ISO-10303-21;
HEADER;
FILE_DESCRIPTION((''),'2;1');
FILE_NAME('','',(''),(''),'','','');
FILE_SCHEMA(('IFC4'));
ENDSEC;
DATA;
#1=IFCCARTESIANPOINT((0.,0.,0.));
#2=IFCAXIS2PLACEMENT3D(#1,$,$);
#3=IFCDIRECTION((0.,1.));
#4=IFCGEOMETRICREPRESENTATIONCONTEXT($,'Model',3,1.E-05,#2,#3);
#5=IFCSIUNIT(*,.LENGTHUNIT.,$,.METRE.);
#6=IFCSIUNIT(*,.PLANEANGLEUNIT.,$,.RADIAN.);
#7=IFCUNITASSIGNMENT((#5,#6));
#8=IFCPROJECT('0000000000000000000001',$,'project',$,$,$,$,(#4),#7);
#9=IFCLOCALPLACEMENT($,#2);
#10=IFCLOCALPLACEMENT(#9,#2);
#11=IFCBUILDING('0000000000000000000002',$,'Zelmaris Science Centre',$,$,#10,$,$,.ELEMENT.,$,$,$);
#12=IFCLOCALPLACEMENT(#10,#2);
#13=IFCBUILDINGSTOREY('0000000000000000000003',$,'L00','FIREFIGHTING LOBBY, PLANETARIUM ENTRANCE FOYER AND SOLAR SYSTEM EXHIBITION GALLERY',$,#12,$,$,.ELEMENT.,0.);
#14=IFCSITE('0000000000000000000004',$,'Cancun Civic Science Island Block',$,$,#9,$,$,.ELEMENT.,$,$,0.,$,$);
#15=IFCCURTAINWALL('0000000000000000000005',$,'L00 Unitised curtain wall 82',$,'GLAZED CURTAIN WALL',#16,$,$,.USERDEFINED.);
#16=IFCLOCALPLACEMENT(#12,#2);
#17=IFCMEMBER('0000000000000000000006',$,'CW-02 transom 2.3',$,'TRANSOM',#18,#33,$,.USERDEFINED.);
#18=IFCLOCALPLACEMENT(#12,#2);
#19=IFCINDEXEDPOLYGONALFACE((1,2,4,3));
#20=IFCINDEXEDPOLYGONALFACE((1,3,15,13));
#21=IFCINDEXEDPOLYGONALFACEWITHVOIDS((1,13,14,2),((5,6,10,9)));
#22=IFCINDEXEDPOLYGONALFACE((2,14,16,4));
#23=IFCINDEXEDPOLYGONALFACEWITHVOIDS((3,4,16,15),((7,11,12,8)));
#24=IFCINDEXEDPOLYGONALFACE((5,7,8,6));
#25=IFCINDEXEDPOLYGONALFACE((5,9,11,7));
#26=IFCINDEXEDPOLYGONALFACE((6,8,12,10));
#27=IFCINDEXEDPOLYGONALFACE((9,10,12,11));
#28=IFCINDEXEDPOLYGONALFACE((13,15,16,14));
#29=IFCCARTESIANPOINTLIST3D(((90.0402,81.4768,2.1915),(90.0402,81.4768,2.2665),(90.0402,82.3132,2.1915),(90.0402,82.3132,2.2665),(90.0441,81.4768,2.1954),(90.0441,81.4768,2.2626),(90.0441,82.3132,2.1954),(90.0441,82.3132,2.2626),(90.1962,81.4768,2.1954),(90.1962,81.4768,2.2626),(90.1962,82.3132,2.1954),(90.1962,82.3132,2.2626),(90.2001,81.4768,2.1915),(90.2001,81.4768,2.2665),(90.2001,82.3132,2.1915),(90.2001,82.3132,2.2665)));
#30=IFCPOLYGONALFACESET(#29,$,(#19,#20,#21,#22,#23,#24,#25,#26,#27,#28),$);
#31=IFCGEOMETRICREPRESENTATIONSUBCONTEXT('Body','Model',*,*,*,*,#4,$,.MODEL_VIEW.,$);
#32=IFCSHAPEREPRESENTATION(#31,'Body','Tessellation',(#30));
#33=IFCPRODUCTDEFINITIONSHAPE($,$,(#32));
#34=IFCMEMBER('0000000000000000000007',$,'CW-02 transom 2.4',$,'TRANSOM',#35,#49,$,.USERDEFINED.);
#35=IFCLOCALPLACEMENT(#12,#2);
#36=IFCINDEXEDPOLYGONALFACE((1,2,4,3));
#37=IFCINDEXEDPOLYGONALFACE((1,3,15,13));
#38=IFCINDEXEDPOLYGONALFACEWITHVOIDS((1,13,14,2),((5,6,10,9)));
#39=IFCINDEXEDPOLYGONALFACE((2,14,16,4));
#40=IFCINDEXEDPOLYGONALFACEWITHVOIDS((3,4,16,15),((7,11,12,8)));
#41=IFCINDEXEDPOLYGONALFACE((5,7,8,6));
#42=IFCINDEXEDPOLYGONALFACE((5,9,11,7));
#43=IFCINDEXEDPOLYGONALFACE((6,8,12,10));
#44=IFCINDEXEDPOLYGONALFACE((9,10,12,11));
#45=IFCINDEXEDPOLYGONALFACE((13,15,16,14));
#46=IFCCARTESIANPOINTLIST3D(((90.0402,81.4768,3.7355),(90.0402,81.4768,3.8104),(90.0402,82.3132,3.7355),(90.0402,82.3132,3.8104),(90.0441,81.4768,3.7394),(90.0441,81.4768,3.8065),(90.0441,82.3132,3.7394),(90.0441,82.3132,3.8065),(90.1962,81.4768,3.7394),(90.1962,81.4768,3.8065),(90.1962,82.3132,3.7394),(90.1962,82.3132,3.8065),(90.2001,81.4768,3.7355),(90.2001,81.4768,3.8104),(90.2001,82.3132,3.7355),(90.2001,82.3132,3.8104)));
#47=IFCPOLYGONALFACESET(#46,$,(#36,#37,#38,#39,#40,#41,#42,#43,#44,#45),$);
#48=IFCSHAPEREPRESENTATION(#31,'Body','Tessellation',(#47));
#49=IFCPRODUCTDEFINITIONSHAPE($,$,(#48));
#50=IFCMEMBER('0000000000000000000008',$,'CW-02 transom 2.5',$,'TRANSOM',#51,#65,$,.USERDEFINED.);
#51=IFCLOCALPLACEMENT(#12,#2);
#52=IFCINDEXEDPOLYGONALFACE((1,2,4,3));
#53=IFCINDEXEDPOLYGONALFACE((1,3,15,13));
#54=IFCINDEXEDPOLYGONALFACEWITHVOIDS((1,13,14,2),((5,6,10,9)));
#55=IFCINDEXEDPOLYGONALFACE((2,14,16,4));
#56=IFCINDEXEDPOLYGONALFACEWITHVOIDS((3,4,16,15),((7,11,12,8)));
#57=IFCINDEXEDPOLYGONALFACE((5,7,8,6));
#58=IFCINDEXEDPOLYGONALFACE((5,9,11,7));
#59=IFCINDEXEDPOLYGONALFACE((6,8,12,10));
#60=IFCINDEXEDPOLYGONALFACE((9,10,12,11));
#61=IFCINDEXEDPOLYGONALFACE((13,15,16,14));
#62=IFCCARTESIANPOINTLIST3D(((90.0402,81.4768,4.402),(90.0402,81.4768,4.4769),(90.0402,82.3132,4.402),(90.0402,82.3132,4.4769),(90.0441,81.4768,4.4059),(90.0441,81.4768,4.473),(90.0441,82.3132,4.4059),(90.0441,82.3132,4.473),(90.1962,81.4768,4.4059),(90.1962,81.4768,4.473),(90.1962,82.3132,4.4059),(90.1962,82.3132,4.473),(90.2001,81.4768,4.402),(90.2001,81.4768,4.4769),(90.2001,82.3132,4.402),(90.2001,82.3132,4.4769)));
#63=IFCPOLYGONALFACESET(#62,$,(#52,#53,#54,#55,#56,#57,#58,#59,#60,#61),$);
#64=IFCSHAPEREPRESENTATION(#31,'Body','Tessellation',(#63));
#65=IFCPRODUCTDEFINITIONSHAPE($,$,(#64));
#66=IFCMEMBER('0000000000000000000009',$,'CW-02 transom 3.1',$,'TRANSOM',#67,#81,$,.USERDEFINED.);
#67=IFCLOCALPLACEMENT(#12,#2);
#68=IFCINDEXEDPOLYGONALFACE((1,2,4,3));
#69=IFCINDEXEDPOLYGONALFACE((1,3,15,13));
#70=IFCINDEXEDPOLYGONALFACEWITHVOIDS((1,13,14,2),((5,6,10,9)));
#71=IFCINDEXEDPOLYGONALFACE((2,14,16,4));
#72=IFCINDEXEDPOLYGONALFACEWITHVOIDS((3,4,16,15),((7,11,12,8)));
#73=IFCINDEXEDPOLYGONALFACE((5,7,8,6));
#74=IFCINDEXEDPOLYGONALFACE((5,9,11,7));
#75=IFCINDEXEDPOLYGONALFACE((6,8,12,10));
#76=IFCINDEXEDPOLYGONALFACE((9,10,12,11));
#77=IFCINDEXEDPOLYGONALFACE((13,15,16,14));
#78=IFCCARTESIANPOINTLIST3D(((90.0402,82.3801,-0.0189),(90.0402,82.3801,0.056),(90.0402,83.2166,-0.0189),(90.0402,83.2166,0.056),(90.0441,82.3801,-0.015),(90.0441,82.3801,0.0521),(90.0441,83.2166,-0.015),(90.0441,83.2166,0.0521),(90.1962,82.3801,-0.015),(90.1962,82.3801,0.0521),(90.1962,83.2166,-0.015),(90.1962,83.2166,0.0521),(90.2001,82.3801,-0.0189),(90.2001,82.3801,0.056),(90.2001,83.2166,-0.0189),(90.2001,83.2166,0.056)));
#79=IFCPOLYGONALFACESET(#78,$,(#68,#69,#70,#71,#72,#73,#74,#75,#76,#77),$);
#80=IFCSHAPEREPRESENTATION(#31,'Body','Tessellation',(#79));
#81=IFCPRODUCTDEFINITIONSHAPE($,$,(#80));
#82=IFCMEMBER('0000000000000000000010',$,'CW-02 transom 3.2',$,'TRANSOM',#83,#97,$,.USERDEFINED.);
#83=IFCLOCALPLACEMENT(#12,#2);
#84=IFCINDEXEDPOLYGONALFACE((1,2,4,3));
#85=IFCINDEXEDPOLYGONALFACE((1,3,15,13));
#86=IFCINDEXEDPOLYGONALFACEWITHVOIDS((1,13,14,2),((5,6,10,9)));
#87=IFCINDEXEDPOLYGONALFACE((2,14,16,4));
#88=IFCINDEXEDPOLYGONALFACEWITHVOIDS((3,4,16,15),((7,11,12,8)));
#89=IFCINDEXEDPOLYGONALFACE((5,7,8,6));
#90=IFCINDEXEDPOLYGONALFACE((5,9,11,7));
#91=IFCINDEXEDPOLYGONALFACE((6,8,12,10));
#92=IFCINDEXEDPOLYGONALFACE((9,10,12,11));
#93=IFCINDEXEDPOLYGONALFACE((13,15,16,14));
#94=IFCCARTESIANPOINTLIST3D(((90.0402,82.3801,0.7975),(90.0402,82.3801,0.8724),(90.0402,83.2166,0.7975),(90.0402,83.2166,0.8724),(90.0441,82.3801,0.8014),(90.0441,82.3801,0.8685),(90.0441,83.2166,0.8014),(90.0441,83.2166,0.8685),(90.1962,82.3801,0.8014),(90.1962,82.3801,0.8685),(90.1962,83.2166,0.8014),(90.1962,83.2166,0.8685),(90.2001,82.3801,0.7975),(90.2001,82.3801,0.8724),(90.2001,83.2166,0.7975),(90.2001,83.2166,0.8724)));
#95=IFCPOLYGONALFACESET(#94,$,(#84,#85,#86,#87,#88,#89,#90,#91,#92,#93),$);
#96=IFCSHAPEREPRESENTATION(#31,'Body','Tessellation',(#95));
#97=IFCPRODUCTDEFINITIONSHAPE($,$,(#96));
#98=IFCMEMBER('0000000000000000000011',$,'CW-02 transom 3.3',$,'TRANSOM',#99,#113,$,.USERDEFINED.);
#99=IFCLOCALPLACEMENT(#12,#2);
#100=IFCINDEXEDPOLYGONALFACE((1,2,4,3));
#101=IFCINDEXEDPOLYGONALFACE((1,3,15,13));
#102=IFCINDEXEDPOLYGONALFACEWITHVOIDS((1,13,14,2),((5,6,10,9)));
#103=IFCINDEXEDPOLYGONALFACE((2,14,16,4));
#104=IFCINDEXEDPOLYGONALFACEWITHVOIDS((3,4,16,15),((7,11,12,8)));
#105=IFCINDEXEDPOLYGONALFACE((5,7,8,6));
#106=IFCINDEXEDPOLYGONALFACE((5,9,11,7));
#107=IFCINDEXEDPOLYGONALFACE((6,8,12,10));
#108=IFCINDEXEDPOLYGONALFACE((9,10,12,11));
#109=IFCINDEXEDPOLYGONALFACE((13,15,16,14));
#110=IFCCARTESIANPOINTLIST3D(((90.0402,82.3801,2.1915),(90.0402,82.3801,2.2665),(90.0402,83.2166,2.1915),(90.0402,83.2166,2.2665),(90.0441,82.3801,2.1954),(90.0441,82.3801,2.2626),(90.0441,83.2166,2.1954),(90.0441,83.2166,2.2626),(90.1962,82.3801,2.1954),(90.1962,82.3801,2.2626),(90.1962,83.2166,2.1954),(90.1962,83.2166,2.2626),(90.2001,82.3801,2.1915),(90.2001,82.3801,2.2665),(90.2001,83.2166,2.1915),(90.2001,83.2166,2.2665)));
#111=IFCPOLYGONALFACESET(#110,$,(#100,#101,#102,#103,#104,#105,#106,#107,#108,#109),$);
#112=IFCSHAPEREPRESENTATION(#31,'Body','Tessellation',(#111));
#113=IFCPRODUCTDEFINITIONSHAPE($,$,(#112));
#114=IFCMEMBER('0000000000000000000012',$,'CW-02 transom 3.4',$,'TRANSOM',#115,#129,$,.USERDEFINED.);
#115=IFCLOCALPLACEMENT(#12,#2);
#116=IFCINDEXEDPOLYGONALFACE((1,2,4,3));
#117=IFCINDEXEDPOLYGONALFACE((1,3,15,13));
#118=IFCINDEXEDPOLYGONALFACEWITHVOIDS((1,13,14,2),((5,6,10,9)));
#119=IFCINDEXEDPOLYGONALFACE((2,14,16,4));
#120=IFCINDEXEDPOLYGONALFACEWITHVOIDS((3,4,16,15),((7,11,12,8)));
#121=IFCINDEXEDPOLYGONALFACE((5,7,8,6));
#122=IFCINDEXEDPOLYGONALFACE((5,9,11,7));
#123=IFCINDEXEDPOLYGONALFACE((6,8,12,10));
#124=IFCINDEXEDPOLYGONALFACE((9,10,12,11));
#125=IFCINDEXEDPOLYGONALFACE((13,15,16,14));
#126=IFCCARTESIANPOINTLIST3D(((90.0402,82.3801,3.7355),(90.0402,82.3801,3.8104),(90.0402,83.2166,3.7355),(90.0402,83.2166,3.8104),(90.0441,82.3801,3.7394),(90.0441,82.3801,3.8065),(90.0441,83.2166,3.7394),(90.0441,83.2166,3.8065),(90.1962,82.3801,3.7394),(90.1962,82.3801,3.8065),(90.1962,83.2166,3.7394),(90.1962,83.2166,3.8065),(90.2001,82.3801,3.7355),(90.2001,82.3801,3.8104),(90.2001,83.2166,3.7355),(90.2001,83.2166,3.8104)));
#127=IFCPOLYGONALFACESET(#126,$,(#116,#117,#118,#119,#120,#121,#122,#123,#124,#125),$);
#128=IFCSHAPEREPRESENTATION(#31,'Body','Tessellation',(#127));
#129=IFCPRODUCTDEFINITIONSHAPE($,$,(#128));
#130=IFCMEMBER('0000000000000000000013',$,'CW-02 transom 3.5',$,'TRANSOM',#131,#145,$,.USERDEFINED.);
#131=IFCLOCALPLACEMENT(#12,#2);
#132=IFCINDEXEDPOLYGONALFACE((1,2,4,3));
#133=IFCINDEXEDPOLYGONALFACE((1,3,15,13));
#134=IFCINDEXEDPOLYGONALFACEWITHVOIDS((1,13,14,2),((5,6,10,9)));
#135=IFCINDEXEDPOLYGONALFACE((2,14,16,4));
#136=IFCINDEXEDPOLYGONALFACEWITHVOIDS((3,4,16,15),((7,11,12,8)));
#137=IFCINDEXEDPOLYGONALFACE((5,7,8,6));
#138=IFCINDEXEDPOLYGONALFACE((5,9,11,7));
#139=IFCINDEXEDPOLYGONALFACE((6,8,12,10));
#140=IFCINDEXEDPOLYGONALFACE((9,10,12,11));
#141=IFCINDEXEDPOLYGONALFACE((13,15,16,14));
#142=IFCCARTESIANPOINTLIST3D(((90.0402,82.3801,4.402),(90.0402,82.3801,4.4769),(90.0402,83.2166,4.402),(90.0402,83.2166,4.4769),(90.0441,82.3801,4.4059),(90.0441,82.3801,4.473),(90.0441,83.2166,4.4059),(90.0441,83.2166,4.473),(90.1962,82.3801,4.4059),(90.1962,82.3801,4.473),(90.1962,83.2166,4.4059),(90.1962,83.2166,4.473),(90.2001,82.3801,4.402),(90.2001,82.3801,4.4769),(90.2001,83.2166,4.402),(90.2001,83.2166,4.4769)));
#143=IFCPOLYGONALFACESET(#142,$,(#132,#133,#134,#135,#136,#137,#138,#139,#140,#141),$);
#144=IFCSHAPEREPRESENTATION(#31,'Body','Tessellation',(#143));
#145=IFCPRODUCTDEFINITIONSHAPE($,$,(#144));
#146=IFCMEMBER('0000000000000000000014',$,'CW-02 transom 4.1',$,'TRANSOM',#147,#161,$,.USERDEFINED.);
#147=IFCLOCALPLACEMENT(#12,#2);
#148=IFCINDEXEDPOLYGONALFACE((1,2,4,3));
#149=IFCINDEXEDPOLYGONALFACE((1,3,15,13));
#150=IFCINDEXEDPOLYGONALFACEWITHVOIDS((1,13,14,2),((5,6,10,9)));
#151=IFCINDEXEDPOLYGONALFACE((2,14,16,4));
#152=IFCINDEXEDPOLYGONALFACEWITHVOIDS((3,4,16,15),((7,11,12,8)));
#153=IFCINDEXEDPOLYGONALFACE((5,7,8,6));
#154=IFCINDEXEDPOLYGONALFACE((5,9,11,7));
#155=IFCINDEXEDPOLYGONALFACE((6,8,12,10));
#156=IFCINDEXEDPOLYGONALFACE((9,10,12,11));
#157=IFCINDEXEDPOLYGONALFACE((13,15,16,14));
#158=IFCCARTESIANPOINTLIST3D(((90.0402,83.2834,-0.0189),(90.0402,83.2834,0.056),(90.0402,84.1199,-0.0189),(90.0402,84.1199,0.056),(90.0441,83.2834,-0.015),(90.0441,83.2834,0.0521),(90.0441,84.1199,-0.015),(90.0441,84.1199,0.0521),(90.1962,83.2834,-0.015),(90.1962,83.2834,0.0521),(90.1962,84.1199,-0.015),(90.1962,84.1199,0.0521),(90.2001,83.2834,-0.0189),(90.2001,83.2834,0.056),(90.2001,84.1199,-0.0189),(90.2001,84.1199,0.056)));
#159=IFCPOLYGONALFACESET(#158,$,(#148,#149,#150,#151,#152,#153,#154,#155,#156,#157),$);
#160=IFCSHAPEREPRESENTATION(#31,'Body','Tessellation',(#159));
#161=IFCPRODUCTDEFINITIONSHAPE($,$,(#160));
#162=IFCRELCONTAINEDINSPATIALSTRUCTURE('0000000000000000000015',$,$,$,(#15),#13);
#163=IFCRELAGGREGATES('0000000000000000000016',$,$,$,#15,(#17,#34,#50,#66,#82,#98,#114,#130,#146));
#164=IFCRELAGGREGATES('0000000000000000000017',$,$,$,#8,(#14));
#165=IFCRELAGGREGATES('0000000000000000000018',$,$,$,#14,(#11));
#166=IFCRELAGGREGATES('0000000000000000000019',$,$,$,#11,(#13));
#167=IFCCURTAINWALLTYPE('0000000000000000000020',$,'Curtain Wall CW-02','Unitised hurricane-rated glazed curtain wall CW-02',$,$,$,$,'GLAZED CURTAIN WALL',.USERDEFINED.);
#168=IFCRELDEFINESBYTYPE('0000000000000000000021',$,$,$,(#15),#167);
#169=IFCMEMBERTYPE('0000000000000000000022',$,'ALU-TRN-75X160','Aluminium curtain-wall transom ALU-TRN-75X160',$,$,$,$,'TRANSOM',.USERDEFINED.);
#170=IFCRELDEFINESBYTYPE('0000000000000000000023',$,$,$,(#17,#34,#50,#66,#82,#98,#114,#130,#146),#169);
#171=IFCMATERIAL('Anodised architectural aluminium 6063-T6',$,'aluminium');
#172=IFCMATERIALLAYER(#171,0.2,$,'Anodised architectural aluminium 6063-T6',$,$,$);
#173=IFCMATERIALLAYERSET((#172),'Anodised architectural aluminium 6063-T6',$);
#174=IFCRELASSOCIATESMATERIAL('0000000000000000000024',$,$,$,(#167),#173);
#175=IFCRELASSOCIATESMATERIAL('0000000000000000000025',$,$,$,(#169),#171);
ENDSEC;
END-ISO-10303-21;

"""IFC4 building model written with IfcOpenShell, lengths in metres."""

from ifc_helpers import new_model, si_unit, direction, frame, origin, origin_2d, place, context, subcontext, project, spatial, hollow_rectangle, extrude, material, layer, layer_set, material_profile, profile_set, type_object, element, aggregate, save


model = new_model("IFC4")

# Units and contexts
model_context = context("Model", 3, precision=1e-05, world=origin(), true_north=direction((0.0, 1.0)))
body_context = subcontext(model_context, "Body", "Model", "MODEL_VIEW")
ifc_project = project(units=[si_unit("LENGTHUNIT", "METRE"), si_unit("PLANEANGLEUNIT", "RADIAN")], contexts=[model_context])

# Site, building, storey
site_placement = place(None, origin())
site = spatial("IfcSite", under=ifc_project, at=site_placement, Name="Cancun Civic Science Island Block", CompositionType="ELEMENT", RefElevation=0.0)
building_placement = place(site_placement, origin())
building = spatial("IfcBuilding", under=site, at=building_placement, Name="Zelmaris Science Centre", CompositionType="ELEMENT")
storey_placement = place(building_placement, origin())
storey = spatial("IfcBuildingStorey", under=building, at=storey_placement, Name="L00", Description="FIREFIGHTING LOBBY, PLANETARIUM ENTRANCE FOYER AND SOLAR SYSTEM EXHIBITION GALLERY", CompositionType="ELEMENT", Elevation=0.0)

# Curtain wall, members
ifc_material_1 = material(Name="Anodised architectural aluminium 6063-T6", Category="aluminium")
ifc_layer_1 = layer(ifc_material_1, 0.2, Name="Anodised architectural aluminium 6063-T6")
ifc_layer_set_1 = layer_set([ifc_layer_1], Name="Anodised architectural aluminium 6063-T6")
curtain_wall_type = type_object("IfcCurtainWallType", Name="Curtain Wall CW-02", Description="Unitised hurricane-rated glazed curtain wall CW-02", ElementType="GLAZED CURTAIN WALL", PredefinedType="USERDEFINED", material=ifc_layer_set_1)
curtain_wall_placement = place(storey_placement, origin())
curtain_wall = element("IfcCurtainWall", 1, at=curtain_wall_placement, inside=storey, type_object=curtain_wall_type, Name="L00 Unitised curtain wall 82", ObjectType="GLAZED CURTAIN WALL", PredefinedType="USERDEFINED")
ifc_material_profile_1 = material_profile(ifc_material_1, hollow_rectangle(XDim=0.075, YDim=0.1599, WallThickness=0.0039, at=origin_2d()), Name="ALU-TRN-75X160")
ifc_profile_set_1 = profile_set([ifc_material_profile_1], Name="Anodised architectural aluminium 6063-T6")
member_type_1 = type_object("IfcMemberType", Name="ALU-TRN-75X160", Description="Aluminium curtain-wall transom ALU-TRN-75X160", ElementType="TRANSOM", PredefinedType="USERDEFINED", material=ifc_profile_set_1)
member_1_placement = place(storey_placement, frame((90.1201, 81.4768, 2.229), z_axis=(0.0, 1.0, 0.0), x_axis=(0.0, 0.0, 1.0)))
member_1 = element("IfcMember", 2, at=member_1_placement, type_object=member_type_1, Name="CW-02 transom 2.3", ObjectType="TRANSOM", PredefinedType="USERDEFINED", context=body_context, shape_type="SweptSolid", body=[
    extrude(hollow_rectangle(XDim=0.075, YDim=0.1599, WallThickness=0.0039, at=origin_2d()), origin(), (0.0, 0.0, 1.0), 0.8364),
])
member_2_placement = place(storey_placement, frame((90.1201, 81.4768, 3.7729), z_axis=(0.0, 1.0, 0.0), x_axis=(0.0, 0.0, 1.0)))
member_2 = element("IfcMember", 3, at=member_2_placement, type_object=member_type_1, Name="CW-02 transom 2.4", ObjectType="TRANSOM", PredefinedType="USERDEFINED", context=body_context, shape_type="SweptSolid", body=[
    extrude(hollow_rectangle(XDim=0.075, YDim=0.1599, WallThickness=0.0039, at=origin_2d()), origin(), (0.0, 0.0, 1.0), 0.8364),
])
member_3_placement = place(storey_placement, frame((90.1201, 81.4768, 4.4395), z_axis=(0.0, 1.0, 0.0), x_axis=(0.0, 0.0, 1.0)))
member_3 = element("IfcMember", 4, at=member_3_placement, type_object=member_type_1, Name="CW-02 transom 2.5", ObjectType="TRANSOM", PredefinedType="USERDEFINED", context=body_context, shape_type="SweptSolid", body=[
    extrude(hollow_rectangle(XDim=0.075, YDim=0.1599, WallThickness=0.0039, at=origin_2d()), origin(), (0.0, 0.0, 1.0), 0.8364),
])
member_4_placement = place(storey_placement, frame((90.1201, 82.3801, 0.0186), z_axis=(0.0, 1.0, 0.0), x_axis=(0.0, 0.0, 1.0)))
member_4 = element("IfcMember", 5, at=member_4_placement, type_object=member_type_1, Name="CW-02 transom 3.1", ObjectType="TRANSOM", PredefinedType="USERDEFINED", context=body_context, shape_type="SweptSolid", body=[
    extrude(hollow_rectangle(XDim=0.075, YDim=0.1599, WallThickness=0.0039, at=origin_2d()), origin(), (0.0, 0.0, 1.0), 0.8364),
])
member_5_placement = place(storey_placement, frame((90.1201, 82.3801, 0.835), z_axis=(0.0, 1.0, 0.0), x_axis=(0.0, 0.0, 1.0)))
member_5 = element("IfcMember", 6, at=member_5_placement, type_object=member_type_1, Name="CW-02 transom 3.2", ObjectType="TRANSOM", PredefinedType="USERDEFINED", context=body_context, shape_type="SweptSolid", body=[
    extrude(hollow_rectangle(XDim=0.075, YDim=0.1599, WallThickness=0.0039, at=origin_2d()), origin(), (0.0, 0.0, 1.0), 0.8364),
])
member_6_placement = place(storey_placement, frame((90.1201, 82.3801, 2.229), z_axis=(0.0, 1.0, 0.0), x_axis=(0.0, 0.0, 1.0)))
member_6 = element("IfcMember", 7, at=member_6_placement, type_object=member_type_1, Name="CW-02 transom 3.3", ObjectType="TRANSOM", PredefinedType="USERDEFINED", context=body_context, shape_type="SweptSolid", body=[
    extrude(hollow_rectangle(XDim=0.075, YDim=0.1599, WallThickness=0.0039, at=origin_2d()), origin(), (0.0, 0.0, 1.0), 0.8364),
])
member_7_placement = place(storey_placement, frame((90.1201, 82.3801, 3.7729), z_axis=(0.0, 1.0, 0.0), x_axis=(0.0, 0.0, 1.0)))
member_7 = element("IfcMember", 8, at=member_7_placement, type_object=member_type_1, Name="CW-02 transom 3.4", ObjectType="TRANSOM", PredefinedType="USERDEFINED", context=body_context, shape_type="SweptSolid", body=[
    extrude(hollow_rectangle(XDim=0.075, YDim=0.1599, WallThickness=0.0039, at=origin_2d()), origin(), (0.0, 0.0, 1.0), 0.8364),
])
member_8_placement = place(storey_placement, frame((90.1201, 82.3801, 4.4395), z_axis=(0.0, 1.0, 0.0), x_axis=(0.0, 0.0, 1.0)))
member_8 = element("IfcMember", 9, at=member_8_placement, type_object=member_type_1, Name="CW-02 transom 3.5", ObjectType="TRANSOM", PredefinedType="USERDEFINED", context=body_context, shape_type="SweptSolid", body=[
    extrude(hollow_rectangle(XDim=0.075, YDim=0.1599, WallThickness=0.0039, at=origin_2d()), origin(), (0.0, 0.0, 1.0), 0.8364),
])
member_9_placement = place(storey_placement, frame((90.1201, 83.2834, 0.0186), z_axis=(0.0, 1.0, 0.0), x_axis=(0.0, 0.0, 1.0)))
member_9 = element("IfcMember", 10, at=member_9_placement, type_object=member_type_1, Name="CW-02 transom 4.1", ObjectType="TRANSOM", PredefinedType="USERDEFINED", context=body_context, shape_type="SweptSolid", body=[
    extrude(hollow_rectangle(XDim=0.075, YDim=0.1599, WallThickness=0.0039, at=origin_2d()), origin(), (0.0, 0.0, 1.0), 0.8364),
])

aggregate(curtain_wall, [member_1, member_2, member_3, member_4, member_5, member_6, member_7, member_8, member_9])

save(model, "model.ifc")
